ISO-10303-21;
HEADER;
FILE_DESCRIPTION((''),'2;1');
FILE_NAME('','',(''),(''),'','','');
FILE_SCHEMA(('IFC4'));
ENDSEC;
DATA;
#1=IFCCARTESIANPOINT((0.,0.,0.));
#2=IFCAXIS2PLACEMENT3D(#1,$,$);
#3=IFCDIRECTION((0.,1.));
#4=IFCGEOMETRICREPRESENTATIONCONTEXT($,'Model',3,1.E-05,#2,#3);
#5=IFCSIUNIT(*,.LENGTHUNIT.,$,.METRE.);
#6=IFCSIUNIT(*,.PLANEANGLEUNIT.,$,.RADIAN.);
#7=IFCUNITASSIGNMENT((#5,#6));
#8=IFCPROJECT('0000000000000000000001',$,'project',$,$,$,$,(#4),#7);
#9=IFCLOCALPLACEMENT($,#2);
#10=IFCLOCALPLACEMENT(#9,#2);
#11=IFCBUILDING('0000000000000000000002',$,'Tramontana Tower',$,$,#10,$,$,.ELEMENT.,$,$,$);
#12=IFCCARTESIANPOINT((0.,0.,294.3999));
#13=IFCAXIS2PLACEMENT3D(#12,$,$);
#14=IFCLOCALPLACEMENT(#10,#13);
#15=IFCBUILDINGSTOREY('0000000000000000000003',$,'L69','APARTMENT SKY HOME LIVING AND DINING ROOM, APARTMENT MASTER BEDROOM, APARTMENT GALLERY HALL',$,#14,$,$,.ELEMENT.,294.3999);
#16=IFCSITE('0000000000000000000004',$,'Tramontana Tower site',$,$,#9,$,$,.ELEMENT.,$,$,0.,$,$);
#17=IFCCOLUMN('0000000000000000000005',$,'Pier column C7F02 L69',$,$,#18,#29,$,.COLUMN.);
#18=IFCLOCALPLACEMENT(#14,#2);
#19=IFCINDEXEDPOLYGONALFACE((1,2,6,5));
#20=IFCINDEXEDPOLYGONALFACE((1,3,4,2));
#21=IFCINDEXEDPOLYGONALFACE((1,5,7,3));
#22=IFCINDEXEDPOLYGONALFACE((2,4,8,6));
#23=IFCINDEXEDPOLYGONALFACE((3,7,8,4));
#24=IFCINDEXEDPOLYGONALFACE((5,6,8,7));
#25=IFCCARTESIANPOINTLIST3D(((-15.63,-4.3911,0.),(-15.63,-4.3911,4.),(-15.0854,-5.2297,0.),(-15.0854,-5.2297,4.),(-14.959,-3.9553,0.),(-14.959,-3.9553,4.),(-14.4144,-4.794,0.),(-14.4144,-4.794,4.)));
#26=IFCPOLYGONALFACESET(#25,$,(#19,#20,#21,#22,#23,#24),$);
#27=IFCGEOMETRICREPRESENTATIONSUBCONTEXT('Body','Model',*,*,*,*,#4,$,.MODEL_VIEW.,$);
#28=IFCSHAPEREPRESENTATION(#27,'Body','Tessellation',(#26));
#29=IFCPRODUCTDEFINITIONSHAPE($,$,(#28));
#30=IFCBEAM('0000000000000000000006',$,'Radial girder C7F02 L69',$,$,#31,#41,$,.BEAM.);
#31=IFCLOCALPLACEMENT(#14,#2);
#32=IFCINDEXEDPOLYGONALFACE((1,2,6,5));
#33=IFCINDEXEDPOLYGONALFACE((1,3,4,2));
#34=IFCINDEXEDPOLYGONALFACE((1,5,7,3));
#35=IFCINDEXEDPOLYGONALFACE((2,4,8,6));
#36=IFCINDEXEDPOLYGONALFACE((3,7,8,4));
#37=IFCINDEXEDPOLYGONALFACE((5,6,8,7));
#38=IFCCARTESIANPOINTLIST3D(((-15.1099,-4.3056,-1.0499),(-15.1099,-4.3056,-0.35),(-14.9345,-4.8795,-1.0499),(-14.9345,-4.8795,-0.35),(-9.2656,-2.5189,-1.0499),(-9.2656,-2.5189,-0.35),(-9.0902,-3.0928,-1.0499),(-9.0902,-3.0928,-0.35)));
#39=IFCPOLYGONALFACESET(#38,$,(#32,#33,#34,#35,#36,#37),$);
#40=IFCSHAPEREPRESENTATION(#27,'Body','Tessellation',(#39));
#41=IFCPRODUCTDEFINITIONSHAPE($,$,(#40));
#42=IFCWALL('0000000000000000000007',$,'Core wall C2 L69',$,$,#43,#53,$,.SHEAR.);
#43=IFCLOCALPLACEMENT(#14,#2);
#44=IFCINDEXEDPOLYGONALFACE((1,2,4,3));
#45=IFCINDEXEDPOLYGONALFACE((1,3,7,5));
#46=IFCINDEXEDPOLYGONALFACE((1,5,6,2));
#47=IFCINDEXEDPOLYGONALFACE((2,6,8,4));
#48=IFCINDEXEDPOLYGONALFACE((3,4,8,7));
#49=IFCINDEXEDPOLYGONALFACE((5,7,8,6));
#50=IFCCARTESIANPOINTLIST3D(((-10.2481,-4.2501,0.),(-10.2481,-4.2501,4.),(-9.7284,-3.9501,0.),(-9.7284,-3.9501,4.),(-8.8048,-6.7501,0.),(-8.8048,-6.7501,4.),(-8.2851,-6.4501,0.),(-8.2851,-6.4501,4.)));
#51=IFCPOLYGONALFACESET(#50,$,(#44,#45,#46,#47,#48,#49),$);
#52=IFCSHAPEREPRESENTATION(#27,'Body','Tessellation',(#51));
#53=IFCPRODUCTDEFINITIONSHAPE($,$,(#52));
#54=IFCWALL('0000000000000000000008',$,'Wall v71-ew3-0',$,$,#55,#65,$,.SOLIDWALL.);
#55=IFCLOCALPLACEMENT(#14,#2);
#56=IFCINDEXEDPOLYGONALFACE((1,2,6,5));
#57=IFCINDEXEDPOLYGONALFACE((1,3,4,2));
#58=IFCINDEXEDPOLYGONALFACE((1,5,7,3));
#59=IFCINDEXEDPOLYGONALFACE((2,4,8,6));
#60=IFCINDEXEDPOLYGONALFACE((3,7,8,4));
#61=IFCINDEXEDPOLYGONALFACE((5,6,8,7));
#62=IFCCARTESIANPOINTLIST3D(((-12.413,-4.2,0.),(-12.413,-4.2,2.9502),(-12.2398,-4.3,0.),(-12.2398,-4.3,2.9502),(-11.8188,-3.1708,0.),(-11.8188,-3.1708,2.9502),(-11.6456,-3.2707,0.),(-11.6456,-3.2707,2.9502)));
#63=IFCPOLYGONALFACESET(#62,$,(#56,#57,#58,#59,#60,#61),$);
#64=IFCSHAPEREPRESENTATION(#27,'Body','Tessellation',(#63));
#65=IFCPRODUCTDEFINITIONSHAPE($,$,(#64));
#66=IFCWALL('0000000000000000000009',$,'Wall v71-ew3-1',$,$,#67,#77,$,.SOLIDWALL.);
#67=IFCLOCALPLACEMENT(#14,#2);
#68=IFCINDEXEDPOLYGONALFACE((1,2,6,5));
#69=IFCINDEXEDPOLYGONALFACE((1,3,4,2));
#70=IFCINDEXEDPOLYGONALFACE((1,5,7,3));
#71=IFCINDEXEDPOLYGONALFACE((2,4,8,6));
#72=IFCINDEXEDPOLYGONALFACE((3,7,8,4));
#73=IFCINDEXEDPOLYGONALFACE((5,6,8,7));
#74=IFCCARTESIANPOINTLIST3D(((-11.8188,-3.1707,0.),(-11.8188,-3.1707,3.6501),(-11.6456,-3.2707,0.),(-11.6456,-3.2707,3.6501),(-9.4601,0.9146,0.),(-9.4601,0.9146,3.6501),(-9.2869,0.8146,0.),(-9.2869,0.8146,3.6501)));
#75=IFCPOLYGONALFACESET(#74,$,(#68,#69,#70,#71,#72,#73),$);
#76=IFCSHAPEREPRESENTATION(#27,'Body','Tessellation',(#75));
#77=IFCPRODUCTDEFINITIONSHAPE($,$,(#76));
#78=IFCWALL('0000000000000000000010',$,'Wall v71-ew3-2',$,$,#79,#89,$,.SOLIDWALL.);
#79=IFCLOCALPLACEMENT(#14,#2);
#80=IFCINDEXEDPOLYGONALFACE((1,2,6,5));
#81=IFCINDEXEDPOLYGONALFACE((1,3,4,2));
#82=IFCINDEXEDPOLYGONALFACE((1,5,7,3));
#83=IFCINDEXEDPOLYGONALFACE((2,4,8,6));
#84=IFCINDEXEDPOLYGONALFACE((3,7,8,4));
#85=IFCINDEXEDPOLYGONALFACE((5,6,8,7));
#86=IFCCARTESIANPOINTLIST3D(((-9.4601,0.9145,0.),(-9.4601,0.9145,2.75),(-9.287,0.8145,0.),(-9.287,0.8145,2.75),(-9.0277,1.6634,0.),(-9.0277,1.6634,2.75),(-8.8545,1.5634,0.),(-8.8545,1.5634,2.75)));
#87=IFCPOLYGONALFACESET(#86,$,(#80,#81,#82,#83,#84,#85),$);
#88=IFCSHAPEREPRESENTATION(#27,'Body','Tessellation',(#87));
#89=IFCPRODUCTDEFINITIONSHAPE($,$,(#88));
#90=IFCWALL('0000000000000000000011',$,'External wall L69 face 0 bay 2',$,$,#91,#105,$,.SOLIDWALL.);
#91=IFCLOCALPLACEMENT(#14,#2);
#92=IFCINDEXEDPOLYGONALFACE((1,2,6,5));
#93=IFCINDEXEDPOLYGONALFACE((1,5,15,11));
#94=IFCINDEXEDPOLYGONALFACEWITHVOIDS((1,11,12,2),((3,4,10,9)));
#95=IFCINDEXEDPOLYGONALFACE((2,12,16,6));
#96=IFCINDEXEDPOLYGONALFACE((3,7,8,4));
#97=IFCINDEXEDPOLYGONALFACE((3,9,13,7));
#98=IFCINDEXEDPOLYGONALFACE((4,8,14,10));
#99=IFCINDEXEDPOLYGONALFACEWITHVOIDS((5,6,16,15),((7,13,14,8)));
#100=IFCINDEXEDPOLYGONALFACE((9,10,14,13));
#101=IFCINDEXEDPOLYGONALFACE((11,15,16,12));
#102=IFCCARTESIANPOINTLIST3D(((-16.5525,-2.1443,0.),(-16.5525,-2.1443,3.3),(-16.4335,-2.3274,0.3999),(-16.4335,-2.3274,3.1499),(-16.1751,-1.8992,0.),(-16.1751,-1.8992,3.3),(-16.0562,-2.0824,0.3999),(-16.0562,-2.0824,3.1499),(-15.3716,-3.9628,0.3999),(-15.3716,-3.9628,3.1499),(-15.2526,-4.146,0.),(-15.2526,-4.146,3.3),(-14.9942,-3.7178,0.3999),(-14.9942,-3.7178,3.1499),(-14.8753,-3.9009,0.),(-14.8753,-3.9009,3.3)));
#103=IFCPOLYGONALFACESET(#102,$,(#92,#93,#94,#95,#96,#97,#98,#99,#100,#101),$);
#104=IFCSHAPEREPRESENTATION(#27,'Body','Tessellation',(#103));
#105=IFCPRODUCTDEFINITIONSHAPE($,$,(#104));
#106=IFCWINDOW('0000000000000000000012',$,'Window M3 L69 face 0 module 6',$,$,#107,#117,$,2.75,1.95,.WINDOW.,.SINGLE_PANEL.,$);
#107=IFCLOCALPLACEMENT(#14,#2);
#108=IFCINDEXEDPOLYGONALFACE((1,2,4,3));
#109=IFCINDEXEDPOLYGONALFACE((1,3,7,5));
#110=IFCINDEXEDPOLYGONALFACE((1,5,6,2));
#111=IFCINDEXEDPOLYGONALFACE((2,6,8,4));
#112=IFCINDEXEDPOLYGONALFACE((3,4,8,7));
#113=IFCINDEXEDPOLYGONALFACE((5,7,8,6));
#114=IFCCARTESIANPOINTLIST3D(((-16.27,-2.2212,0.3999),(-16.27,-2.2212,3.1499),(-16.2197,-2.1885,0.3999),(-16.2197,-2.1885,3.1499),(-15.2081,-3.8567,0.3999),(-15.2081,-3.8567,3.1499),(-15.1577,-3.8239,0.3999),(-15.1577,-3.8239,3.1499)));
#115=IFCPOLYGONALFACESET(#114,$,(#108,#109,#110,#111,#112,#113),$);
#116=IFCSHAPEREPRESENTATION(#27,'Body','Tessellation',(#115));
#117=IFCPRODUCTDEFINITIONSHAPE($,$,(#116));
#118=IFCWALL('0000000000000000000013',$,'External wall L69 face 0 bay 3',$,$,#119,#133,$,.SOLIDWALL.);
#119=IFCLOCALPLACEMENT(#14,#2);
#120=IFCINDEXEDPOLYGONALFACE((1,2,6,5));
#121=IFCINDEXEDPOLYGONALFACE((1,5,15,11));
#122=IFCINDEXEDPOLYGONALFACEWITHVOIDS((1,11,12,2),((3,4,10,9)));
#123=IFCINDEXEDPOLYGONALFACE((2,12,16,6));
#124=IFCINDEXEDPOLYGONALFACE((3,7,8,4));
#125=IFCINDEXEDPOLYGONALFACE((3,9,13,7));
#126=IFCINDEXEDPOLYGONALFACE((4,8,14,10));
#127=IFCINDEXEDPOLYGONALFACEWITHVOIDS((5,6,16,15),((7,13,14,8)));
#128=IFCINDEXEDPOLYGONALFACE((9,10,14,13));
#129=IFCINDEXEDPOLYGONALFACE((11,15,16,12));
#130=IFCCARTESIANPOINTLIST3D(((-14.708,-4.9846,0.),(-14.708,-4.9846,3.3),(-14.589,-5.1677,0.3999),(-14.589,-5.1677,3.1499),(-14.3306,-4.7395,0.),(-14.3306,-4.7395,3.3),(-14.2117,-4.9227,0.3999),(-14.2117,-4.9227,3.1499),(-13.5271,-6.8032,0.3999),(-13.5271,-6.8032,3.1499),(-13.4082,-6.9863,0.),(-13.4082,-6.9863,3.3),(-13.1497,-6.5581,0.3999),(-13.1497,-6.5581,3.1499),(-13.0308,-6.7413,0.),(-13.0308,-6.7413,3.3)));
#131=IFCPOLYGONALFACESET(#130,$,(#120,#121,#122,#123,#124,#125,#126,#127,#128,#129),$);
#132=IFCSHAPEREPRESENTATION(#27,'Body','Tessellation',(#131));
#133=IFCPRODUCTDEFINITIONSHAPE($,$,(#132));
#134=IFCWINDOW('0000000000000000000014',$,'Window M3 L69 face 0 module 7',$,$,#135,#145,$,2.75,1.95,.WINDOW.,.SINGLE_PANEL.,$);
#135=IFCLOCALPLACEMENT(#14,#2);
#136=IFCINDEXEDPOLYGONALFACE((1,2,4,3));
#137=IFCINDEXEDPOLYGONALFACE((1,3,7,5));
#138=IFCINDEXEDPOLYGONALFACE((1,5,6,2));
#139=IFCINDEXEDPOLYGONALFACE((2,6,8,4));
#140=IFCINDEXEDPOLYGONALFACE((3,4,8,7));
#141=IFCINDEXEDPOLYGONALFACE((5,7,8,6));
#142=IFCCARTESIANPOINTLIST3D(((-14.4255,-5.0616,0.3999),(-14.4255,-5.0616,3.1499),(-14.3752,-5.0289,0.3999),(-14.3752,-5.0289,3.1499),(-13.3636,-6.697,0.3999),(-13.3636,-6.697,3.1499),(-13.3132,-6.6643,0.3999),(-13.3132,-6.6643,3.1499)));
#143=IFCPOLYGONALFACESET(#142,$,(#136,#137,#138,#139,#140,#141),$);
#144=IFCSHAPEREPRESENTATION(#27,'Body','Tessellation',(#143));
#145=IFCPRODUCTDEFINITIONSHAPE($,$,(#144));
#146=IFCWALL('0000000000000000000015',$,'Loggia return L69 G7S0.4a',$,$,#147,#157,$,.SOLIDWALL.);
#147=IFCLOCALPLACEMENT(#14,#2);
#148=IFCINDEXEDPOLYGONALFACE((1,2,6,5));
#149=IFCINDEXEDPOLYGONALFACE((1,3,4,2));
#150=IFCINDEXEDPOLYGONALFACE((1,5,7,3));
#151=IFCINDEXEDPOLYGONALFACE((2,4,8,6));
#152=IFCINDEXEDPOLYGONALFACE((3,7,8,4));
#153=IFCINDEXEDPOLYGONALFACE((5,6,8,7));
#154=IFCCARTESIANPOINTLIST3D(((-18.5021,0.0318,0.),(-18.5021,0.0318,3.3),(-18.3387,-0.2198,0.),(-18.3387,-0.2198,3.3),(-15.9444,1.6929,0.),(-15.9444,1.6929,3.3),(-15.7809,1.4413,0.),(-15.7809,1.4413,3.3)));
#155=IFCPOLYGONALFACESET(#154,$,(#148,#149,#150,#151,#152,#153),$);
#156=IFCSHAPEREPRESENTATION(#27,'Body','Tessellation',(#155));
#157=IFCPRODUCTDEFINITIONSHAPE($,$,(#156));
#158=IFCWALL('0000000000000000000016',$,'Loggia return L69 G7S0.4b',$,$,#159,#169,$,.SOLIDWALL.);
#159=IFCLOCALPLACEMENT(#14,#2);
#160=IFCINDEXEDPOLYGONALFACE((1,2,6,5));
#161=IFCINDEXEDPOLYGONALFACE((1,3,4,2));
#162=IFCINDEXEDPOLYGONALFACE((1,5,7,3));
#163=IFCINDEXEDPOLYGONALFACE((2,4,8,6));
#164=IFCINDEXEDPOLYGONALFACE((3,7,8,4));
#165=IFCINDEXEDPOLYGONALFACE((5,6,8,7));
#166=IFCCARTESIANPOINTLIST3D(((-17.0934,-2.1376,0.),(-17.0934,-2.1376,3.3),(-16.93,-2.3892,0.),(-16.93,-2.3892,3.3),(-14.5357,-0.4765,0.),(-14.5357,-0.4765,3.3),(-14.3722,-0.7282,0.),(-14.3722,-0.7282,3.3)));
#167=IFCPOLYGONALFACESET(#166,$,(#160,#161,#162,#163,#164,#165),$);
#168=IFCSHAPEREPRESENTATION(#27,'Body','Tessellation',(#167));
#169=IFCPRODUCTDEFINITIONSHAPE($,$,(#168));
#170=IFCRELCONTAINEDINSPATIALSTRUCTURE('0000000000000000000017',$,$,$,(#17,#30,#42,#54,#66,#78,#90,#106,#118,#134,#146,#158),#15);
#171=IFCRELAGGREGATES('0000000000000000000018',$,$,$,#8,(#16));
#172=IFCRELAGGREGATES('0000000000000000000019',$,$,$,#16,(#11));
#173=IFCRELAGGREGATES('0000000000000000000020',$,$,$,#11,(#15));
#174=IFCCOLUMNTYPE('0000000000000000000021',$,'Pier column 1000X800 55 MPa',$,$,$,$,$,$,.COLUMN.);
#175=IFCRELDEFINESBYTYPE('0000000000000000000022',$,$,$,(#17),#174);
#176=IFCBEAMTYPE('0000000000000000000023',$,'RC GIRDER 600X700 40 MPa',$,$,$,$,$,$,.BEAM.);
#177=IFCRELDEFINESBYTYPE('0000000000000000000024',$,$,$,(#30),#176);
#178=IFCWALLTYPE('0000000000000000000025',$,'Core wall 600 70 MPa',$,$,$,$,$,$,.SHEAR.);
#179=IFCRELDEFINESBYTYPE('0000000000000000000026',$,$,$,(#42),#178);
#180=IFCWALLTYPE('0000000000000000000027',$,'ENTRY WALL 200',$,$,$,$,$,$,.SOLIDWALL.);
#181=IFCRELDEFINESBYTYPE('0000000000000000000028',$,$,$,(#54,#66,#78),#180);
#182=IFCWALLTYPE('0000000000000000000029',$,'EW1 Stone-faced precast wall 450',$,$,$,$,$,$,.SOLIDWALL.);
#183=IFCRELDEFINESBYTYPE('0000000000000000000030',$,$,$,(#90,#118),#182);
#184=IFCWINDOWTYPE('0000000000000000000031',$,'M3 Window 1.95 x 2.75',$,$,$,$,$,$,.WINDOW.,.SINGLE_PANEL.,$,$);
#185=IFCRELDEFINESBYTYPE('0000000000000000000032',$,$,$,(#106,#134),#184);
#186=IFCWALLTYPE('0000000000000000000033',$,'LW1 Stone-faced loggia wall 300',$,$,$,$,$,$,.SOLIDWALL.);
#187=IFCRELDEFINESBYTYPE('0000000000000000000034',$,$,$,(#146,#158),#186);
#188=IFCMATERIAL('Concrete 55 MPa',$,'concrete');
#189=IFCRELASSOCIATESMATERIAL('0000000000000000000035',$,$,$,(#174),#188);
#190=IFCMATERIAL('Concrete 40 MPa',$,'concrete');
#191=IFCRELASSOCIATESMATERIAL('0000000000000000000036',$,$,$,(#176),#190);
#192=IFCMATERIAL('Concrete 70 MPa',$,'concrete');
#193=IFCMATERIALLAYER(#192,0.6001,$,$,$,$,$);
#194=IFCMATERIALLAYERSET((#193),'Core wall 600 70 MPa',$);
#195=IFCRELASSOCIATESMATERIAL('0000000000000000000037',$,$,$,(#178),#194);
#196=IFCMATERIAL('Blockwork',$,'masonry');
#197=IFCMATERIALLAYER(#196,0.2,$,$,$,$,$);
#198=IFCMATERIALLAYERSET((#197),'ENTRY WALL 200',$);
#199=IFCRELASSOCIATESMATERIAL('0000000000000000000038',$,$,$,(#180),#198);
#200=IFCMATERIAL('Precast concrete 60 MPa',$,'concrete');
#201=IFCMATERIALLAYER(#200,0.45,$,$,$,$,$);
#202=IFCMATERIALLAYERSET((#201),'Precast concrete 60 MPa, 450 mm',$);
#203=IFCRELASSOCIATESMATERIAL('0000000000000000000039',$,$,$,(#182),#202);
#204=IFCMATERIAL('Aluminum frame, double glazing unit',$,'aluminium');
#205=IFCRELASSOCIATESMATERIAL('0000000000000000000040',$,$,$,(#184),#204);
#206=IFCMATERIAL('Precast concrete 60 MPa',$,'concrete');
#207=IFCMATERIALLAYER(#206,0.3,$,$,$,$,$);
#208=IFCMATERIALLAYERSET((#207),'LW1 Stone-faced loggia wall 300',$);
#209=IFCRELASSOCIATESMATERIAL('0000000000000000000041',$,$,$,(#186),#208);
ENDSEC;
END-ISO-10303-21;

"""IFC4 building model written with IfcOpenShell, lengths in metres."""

from ifc_helpers import new_model, si_unit, direction, frame, frame_2d, origin, origin_2d, place, context, subcontext, project, spatial, rectangle, extrude, material, layer, layer_set, material_profile, profile_set, type_object, element, fill, save


model = new_model("IFC4")

# Units and contexts
model_context = context("Model", 3, precision=1e-05, world=origin(), true_north=direction((0.0, 1.0)))
body_context = subcontext(model_context, "Body", "Model", "MODEL_VIEW")
ifc_project = project(units=[si_unit("LENGTHUNIT", "METRE"), si_unit("PLANEANGLEUNIT", "RADIAN")], contexts=[model_context])

# Site, building, storey
site_placement = place(None, origin())
site = spatial("IfcSite", under=ifc_project, at=site_placement, Name="Tramontana Tower site", CompositionType="ELEMENT", RefElevation=0.0)
building_placement = place(site_placement, origin())
building = spatial("IfcBuilding", under=site, at=building_placement, Name="Tramontana Tower", CompositionType="ELEMENT")
storey_placement = place(building_placement, frame((0.0, 0.0, 294.3999)))
storey = spatial("IfcBuildingStorey", under=building, at=storey_placement, Name="L69", Description="APARTMENT SKY HOME LIVING AND DINING ROOM, APARTMENT MASTER BEDROOM, APARTMENT GALLERY HALL", CompositionType="ELEMENT", Elevation=294.3999)

# Column
ifc_material_1 = material(Name="Concrete 55 MPa", Category="concrete")
ifc_material_profile_1 = material_profile(ifc_material_1, rectangle(XDim=1.0, YDim=0.8, at=origin_2d()), Name="Pier column 1000X800 55 MPa")
ifc_profile_set_1 = profile_set([ifc_material_profile_1], Name="Concrete 55 MPa")
column_type = type_object("IfcColumnType", Name="Pier column 1000X800 55 MPa", PredefinedType="COLUMN", material=ifc_profile_set_1)
column_placement = place(storey_placement, frame((-15.0222, -4.5925, 0.0), z_axis=(0.0, 0.0, 1.0), x_axis=(0.544639, -0.838671, 0.0)))
element("IfcColumn", 1, at=column_placement, inside=storey, type_object=column_type, Name="Pier column C7F02 L69", PredefinedType="COLUMN", context=body_context, shape_type="SweptSolid", body=[
    extrude(rectangle(XDim=1.0, YDim=0.8, at=origin_2d()), origin(), (0.0, 0.0, 1.0), 4.0),
])

# Beam
ifc_material_2 = material(Name="Concrete 40 MPa", Category="concrete")
ifc_material_profile_2 = material_profile(ifc_material_2, rectangle(XDim=0.6001, YDim=0.7, at=origin_2d()), Name="RC GIRDER 600X700 40 MPa")
ifc_profile_set_2 = profile_set([ifc_material_profile_2], Name="Concrete 40 MPa")
beam_type = type_object("IfcBeamType", Name="RC GIRDER 600X700 40 MPa", PredefinedType="BEAM", material=ifc_profile_set_2)
beam_placement = place(storey_placement, frame((-15.0222, -4.5925, -0.7), z_axis=(0.956311, 0.29235, 0.0), x_axis=(-0.29235, 0.956311, 0.0)))
element("IfcBeam", 2, at=beam_placement, inside=storey, type_object=beam_type, Name="Radial girder C7F02 L69", PredefinedType="BEAM", context=body_context, shape_type="SweptSolid", body=[
    extrude(rectangle(XDim=0.6001, YDim=0.7, at=origin_2d()), origin(), (0.0, 0.0, 1.0), 6.1113),
])

# Walls
ifc_material_3 = material(Name="Concrete 70 MPa", Category="concrete")
ifc_layer_1 = layer(ifc_material_3, 0.6001)
ifc_layer_set_1 = layer_set([ifc_layer_1], Name="Core wall 600 70 MPa")
wall_type_1 = type_object("IfcWallType", Name="Core wall 600 70 MPa", PredefinedType="SHEAR", material=ifc_layer_set_1)
wall_1_placement = place(storey_placement, frame((-9.9883, -4.1001, 0.0), z_axis=(0.0, 0.0, 1.0), x_axis=(0.499996, -0.866028, 0.0)))
element("IfcWall", 3, at=wall_1_placement, inside=storey, type_object=wall_type_1, Name="Core wall C2 L69", PredefinedType="SHEAR", context=body_context, shape_type="SweptSolid", body=[
    extrude(rectangle(XDim=2.8867, YDim=0.6001, at=frame_2d((1.4434, 0.0))), origin(), (0.0, 0.0, 1.0), 4.0),
])
ifc_material_4 = material(Name="Blockwork", Category="masonry")
ifc_layer_2 = layer(ifc_material_4, 0.2)
ifc_layer_set_2 = layer_set([ifc_layer_2], Name="ENTRY WALL 200")
wall_type_2 = type_object("IfcWallType", Name="ENTRY WALL 200", PredefinedType="SOLIDWALL", material=ifc_layer_set_2)
wall_2_placement = place(storey_placement, frame((-12.3264, -4.25, 0.0), z_axis=(0.0, 0.0, 1.0), x_axis=(0.499983, 0.866035, 0.0)))
element("IfcWall", 4, at=wall_2_placement, inside=storey, type_object=wall_type_2, Name="Wall v71-ew3-0", PredefinedType="SOLIDWALL", context=body_context, shape_type="SweptSolid", body=[
    extrude(rectangle(XDim=1.1885, YDim=0.2, at=frame_2d((0.5942, 0.0))), origin(), (0.0, 0.0, 1.0), 2.9502),
])
wall_3_placement = place(storey_placement, frame((-11.7322, -3.2207, 0.0), z_axis=(0.0, 0.0, 1.0), x_axis=(0.500008, 0.866021, 0.0)))
element("IfcWall", 5, at=wall_3_placement, inside=storey, type_object=wall_type_2, Name="Wall v71-ew3-1", PredefinedType="SOLIDWALL", context=body_context, shape_type="SweptSolid", body=[
    extrude(rectangle(XDim=4.7173, YDim=0.2, at=frame_2d((2.3586, 0.0))), origin(), (0.0, 0.0, 1.0), 3.6501),
])
wall_4_placement = place(storey_placement, frame((-9.3735, 0.8645, 0.0), z_axis=(0.0, 0.0, 1.0), x_axis=(0.500056, 0.865993, 0.0)))
element("IfcWall", 6, at=wall_4_placement, inside=storey, type_object=wall_type_2, Name="Wall v71-ew3-2", PredefinedType="SOLIDWALL", context=body_context, shape_type="SweptSolid", body=[
    extrude(rectangle(XDim=0.8647, YDim=0.2, at=frame_2d((0.4324, 0.0))), origin(), (0.0, 0.0, 1.0), 2.75),
])

# Walls, openings, windows
ifc_material_5 = material(Name="Precast concrete 60 MPa", Category="concrete")
ifc_layer_3 = layer(ifc_material_5, 0.45)
ifc_layer_set_3 = layer_set([ifc_layer_3], Name="Precast concrete 60 MPa, 450 mm")
wall_type_3 = type_object("IfcWallType", Name="EW1 Stone-faced precast wall 450", PredefinedType="SOLIDWALL", material=ifc_layer_set_3)
wall_5_placement = place(storey_placement, frame((-16.3638, -2.0217, 0.0), z_axis=(0.0, 0.0, 1.0), x_axis=(0.544604, -0.838694, 0.0)))
wall_5 = element("IfcWall", 7, at=wall_5_placement, inside=storey, type_object=wall_type_3, Name="External wall L69 face 0 bay 2", PredefinedType="SOLIDWALL", context=body_context, shape_type="SweptSolid", body=[
    extrude(rectangle(XDim=2.3867, YDim=0.45, at=frame_2d((1.1934, 0.0))), origin(), (0.0, 0.0, 1.0), 3.3),
])
opening_1_placement = place(wall_5_placement, frame((0.2183, 0.0, 0.3999)))
opening_1 = element("IfcOpeningElement", 8, at=opening_1_placement, cuts=wall_5, PredefinedType="OPENING", context=body_context, shape_type="SweptSolid", body=[
    extrude(rectangle(XDim=1.95, YDim=2.75, at=frame_2d((0.9751, 1.375))), frame((0.0, 0.2349, 0.0), z_axis=(0.0, -1.0, 0.0), x_axis=(1.0, 0.0, 0.0)), (0.0, 0.0, 1.0), 0.47),
])
ifc_material_6 = material(Name="Aluminum frame, double glazing unit", Category="aluminium")
window_type = type_object("IfcWindowType", Name="M3 Window 1.95 x 2.75", PartitioningType="SINGLE_PANEL", PredefinedType="WINDOW", material=ifc_material_6)
window_1_placement = place(opening_1_placement, origin())
window_1 = element("IfcWindow", 9, at=window_1_placement, inside=storey, type_object=window_type, Name="Window M3 L69 face 0 module 6", OverallHeight=2.75, OverallWidth=1.95, PartitioningType="SINGLE_PANEL", PredefinedType="WINDOW", context=body_context, shape_type="SweptSolid", body=[
    extrude(rectangle(XDim=1.95, YDim=2.75, at=frame_2d((0.9751, 1.375))), frame((0.0, 0.03, 0.0), z_axis=(0.0, -1.0, 0.0), x_axis=(1.0, 0.0, 0.0)), (0.0, 0.0, 1.0), 0.0601),
])
fill(opening_1, window_1)
wall_6_placement = place(storey_placement, frame((-14.5193, -4.8621, 0.0), z_axis=(0.0, 0.0, 1.0), x_axis=(0.544604, -0.838694, 0.0)))
wall_6 = element("IfcWall", 10, at=wall_6_placement, inside=storey, type_object=wall_type_3, Name="External wall L69 face 0 bay 3", PredefinedType="SOLIDWALL", context=body_context, shape_type="SweptSolid", body=[
    extrude(rectangle(XDim=2.3867, YDim=0.45, at=frame_2d((1.1934, 0.0))), origin(), (0.0, 0.0, 1.0), 3.3),
])
opening_2_placement = place(wall_6_placement, frame((0.2183, 0.0, 0.3999)))
opening_2 = element("IfcOpeningElement", 11, at=opening_2_placement, cuts=wall_6, PredefinedType="OPENING", context=body_context, shape_type="SweptSolid", body=[
    extrude(rectangle(XDim=1.95, YDim=2.75, at=frame_2d((0.9751, 1.375))), frame((0.0, 0.2349, 0.0), z_axis=(0.0, -1.0, 0.0), x_axis=(1.0, 0.0, 0.0)), (0.0, 0.0, 1.0), 0.47),
])
window_2_placement = place(opening_2_placement, origin())
window_2 = element("IfcWindow", 12, at=window_2_placement, inside=storey, type_object=window_type, Name="Window M3 L69 face 0 module 7", OverallHeight=2.75, OverallWidth=1.95, PartitioningType="SINGLE_PANEL", PredefinedType="WINDOW", context=body_context, shape_type="SweptSolid", body=[
    extrude(rectangle(XDim=1.95, YDim=2.75, at=frame_2d((0.9751, 1.375))), frame((0.0, 0.03, 0.0), z_axis=(0.0, -1.0, 0.0), x_axis=(1.0, 0.0, 0.0)), (0.0, 0.0, 1.0), 0.0601),
])
fill(opening_2, window_2)

# Walls
ifc_material_7 = material(Name="Precast concrete 60 MPa", Category="concrete")
ifc_layer_4 = layer(ifc_material_7, 0.3)
ifc_layer_set_4 = layer_set([ifc_layer_4], Name="LW1 Stone-faced loggia wall 300")
wall_type_4 = type_object("IfcWallType", Name="LW1 Stone-faced loggia wall 300", PredefinedType="SOLIDWALL", material=ifc_layer_set_4)
for number, where, z_axis, x_axis, name in (
    (13, (-18.4204, -0.094, 0.0), (0.0, 0.0, 1.0), (0.838665, 0.544648, 0.0), "Loggia return L69 G7S0.4a"),
    (14, (-17.0117, -2.2634, 0.0), (0.0, 0.0, 1.0), (0.838665, 0.544648, 0.0), "Loggia return L69 G7S0.4b"),
):
    element("IfcWall", number, at=place(storey_placement, frame(where, z_axis=z_axis, x_axis=x_axis)), inside=storey, type_object=wall_type_4, Name=name, PredefinedType="SOLIDWALL", context=body_context, shape_type="SweptSolid", body=[
        extrude(rectangle(XDim=3.0498, YDim=0.3, at=frame_2d((1.5249, 0.0))), origin(), (0.0, 0.0, 1.0), 3.3),
    ])

save(model, "model.ifc")
